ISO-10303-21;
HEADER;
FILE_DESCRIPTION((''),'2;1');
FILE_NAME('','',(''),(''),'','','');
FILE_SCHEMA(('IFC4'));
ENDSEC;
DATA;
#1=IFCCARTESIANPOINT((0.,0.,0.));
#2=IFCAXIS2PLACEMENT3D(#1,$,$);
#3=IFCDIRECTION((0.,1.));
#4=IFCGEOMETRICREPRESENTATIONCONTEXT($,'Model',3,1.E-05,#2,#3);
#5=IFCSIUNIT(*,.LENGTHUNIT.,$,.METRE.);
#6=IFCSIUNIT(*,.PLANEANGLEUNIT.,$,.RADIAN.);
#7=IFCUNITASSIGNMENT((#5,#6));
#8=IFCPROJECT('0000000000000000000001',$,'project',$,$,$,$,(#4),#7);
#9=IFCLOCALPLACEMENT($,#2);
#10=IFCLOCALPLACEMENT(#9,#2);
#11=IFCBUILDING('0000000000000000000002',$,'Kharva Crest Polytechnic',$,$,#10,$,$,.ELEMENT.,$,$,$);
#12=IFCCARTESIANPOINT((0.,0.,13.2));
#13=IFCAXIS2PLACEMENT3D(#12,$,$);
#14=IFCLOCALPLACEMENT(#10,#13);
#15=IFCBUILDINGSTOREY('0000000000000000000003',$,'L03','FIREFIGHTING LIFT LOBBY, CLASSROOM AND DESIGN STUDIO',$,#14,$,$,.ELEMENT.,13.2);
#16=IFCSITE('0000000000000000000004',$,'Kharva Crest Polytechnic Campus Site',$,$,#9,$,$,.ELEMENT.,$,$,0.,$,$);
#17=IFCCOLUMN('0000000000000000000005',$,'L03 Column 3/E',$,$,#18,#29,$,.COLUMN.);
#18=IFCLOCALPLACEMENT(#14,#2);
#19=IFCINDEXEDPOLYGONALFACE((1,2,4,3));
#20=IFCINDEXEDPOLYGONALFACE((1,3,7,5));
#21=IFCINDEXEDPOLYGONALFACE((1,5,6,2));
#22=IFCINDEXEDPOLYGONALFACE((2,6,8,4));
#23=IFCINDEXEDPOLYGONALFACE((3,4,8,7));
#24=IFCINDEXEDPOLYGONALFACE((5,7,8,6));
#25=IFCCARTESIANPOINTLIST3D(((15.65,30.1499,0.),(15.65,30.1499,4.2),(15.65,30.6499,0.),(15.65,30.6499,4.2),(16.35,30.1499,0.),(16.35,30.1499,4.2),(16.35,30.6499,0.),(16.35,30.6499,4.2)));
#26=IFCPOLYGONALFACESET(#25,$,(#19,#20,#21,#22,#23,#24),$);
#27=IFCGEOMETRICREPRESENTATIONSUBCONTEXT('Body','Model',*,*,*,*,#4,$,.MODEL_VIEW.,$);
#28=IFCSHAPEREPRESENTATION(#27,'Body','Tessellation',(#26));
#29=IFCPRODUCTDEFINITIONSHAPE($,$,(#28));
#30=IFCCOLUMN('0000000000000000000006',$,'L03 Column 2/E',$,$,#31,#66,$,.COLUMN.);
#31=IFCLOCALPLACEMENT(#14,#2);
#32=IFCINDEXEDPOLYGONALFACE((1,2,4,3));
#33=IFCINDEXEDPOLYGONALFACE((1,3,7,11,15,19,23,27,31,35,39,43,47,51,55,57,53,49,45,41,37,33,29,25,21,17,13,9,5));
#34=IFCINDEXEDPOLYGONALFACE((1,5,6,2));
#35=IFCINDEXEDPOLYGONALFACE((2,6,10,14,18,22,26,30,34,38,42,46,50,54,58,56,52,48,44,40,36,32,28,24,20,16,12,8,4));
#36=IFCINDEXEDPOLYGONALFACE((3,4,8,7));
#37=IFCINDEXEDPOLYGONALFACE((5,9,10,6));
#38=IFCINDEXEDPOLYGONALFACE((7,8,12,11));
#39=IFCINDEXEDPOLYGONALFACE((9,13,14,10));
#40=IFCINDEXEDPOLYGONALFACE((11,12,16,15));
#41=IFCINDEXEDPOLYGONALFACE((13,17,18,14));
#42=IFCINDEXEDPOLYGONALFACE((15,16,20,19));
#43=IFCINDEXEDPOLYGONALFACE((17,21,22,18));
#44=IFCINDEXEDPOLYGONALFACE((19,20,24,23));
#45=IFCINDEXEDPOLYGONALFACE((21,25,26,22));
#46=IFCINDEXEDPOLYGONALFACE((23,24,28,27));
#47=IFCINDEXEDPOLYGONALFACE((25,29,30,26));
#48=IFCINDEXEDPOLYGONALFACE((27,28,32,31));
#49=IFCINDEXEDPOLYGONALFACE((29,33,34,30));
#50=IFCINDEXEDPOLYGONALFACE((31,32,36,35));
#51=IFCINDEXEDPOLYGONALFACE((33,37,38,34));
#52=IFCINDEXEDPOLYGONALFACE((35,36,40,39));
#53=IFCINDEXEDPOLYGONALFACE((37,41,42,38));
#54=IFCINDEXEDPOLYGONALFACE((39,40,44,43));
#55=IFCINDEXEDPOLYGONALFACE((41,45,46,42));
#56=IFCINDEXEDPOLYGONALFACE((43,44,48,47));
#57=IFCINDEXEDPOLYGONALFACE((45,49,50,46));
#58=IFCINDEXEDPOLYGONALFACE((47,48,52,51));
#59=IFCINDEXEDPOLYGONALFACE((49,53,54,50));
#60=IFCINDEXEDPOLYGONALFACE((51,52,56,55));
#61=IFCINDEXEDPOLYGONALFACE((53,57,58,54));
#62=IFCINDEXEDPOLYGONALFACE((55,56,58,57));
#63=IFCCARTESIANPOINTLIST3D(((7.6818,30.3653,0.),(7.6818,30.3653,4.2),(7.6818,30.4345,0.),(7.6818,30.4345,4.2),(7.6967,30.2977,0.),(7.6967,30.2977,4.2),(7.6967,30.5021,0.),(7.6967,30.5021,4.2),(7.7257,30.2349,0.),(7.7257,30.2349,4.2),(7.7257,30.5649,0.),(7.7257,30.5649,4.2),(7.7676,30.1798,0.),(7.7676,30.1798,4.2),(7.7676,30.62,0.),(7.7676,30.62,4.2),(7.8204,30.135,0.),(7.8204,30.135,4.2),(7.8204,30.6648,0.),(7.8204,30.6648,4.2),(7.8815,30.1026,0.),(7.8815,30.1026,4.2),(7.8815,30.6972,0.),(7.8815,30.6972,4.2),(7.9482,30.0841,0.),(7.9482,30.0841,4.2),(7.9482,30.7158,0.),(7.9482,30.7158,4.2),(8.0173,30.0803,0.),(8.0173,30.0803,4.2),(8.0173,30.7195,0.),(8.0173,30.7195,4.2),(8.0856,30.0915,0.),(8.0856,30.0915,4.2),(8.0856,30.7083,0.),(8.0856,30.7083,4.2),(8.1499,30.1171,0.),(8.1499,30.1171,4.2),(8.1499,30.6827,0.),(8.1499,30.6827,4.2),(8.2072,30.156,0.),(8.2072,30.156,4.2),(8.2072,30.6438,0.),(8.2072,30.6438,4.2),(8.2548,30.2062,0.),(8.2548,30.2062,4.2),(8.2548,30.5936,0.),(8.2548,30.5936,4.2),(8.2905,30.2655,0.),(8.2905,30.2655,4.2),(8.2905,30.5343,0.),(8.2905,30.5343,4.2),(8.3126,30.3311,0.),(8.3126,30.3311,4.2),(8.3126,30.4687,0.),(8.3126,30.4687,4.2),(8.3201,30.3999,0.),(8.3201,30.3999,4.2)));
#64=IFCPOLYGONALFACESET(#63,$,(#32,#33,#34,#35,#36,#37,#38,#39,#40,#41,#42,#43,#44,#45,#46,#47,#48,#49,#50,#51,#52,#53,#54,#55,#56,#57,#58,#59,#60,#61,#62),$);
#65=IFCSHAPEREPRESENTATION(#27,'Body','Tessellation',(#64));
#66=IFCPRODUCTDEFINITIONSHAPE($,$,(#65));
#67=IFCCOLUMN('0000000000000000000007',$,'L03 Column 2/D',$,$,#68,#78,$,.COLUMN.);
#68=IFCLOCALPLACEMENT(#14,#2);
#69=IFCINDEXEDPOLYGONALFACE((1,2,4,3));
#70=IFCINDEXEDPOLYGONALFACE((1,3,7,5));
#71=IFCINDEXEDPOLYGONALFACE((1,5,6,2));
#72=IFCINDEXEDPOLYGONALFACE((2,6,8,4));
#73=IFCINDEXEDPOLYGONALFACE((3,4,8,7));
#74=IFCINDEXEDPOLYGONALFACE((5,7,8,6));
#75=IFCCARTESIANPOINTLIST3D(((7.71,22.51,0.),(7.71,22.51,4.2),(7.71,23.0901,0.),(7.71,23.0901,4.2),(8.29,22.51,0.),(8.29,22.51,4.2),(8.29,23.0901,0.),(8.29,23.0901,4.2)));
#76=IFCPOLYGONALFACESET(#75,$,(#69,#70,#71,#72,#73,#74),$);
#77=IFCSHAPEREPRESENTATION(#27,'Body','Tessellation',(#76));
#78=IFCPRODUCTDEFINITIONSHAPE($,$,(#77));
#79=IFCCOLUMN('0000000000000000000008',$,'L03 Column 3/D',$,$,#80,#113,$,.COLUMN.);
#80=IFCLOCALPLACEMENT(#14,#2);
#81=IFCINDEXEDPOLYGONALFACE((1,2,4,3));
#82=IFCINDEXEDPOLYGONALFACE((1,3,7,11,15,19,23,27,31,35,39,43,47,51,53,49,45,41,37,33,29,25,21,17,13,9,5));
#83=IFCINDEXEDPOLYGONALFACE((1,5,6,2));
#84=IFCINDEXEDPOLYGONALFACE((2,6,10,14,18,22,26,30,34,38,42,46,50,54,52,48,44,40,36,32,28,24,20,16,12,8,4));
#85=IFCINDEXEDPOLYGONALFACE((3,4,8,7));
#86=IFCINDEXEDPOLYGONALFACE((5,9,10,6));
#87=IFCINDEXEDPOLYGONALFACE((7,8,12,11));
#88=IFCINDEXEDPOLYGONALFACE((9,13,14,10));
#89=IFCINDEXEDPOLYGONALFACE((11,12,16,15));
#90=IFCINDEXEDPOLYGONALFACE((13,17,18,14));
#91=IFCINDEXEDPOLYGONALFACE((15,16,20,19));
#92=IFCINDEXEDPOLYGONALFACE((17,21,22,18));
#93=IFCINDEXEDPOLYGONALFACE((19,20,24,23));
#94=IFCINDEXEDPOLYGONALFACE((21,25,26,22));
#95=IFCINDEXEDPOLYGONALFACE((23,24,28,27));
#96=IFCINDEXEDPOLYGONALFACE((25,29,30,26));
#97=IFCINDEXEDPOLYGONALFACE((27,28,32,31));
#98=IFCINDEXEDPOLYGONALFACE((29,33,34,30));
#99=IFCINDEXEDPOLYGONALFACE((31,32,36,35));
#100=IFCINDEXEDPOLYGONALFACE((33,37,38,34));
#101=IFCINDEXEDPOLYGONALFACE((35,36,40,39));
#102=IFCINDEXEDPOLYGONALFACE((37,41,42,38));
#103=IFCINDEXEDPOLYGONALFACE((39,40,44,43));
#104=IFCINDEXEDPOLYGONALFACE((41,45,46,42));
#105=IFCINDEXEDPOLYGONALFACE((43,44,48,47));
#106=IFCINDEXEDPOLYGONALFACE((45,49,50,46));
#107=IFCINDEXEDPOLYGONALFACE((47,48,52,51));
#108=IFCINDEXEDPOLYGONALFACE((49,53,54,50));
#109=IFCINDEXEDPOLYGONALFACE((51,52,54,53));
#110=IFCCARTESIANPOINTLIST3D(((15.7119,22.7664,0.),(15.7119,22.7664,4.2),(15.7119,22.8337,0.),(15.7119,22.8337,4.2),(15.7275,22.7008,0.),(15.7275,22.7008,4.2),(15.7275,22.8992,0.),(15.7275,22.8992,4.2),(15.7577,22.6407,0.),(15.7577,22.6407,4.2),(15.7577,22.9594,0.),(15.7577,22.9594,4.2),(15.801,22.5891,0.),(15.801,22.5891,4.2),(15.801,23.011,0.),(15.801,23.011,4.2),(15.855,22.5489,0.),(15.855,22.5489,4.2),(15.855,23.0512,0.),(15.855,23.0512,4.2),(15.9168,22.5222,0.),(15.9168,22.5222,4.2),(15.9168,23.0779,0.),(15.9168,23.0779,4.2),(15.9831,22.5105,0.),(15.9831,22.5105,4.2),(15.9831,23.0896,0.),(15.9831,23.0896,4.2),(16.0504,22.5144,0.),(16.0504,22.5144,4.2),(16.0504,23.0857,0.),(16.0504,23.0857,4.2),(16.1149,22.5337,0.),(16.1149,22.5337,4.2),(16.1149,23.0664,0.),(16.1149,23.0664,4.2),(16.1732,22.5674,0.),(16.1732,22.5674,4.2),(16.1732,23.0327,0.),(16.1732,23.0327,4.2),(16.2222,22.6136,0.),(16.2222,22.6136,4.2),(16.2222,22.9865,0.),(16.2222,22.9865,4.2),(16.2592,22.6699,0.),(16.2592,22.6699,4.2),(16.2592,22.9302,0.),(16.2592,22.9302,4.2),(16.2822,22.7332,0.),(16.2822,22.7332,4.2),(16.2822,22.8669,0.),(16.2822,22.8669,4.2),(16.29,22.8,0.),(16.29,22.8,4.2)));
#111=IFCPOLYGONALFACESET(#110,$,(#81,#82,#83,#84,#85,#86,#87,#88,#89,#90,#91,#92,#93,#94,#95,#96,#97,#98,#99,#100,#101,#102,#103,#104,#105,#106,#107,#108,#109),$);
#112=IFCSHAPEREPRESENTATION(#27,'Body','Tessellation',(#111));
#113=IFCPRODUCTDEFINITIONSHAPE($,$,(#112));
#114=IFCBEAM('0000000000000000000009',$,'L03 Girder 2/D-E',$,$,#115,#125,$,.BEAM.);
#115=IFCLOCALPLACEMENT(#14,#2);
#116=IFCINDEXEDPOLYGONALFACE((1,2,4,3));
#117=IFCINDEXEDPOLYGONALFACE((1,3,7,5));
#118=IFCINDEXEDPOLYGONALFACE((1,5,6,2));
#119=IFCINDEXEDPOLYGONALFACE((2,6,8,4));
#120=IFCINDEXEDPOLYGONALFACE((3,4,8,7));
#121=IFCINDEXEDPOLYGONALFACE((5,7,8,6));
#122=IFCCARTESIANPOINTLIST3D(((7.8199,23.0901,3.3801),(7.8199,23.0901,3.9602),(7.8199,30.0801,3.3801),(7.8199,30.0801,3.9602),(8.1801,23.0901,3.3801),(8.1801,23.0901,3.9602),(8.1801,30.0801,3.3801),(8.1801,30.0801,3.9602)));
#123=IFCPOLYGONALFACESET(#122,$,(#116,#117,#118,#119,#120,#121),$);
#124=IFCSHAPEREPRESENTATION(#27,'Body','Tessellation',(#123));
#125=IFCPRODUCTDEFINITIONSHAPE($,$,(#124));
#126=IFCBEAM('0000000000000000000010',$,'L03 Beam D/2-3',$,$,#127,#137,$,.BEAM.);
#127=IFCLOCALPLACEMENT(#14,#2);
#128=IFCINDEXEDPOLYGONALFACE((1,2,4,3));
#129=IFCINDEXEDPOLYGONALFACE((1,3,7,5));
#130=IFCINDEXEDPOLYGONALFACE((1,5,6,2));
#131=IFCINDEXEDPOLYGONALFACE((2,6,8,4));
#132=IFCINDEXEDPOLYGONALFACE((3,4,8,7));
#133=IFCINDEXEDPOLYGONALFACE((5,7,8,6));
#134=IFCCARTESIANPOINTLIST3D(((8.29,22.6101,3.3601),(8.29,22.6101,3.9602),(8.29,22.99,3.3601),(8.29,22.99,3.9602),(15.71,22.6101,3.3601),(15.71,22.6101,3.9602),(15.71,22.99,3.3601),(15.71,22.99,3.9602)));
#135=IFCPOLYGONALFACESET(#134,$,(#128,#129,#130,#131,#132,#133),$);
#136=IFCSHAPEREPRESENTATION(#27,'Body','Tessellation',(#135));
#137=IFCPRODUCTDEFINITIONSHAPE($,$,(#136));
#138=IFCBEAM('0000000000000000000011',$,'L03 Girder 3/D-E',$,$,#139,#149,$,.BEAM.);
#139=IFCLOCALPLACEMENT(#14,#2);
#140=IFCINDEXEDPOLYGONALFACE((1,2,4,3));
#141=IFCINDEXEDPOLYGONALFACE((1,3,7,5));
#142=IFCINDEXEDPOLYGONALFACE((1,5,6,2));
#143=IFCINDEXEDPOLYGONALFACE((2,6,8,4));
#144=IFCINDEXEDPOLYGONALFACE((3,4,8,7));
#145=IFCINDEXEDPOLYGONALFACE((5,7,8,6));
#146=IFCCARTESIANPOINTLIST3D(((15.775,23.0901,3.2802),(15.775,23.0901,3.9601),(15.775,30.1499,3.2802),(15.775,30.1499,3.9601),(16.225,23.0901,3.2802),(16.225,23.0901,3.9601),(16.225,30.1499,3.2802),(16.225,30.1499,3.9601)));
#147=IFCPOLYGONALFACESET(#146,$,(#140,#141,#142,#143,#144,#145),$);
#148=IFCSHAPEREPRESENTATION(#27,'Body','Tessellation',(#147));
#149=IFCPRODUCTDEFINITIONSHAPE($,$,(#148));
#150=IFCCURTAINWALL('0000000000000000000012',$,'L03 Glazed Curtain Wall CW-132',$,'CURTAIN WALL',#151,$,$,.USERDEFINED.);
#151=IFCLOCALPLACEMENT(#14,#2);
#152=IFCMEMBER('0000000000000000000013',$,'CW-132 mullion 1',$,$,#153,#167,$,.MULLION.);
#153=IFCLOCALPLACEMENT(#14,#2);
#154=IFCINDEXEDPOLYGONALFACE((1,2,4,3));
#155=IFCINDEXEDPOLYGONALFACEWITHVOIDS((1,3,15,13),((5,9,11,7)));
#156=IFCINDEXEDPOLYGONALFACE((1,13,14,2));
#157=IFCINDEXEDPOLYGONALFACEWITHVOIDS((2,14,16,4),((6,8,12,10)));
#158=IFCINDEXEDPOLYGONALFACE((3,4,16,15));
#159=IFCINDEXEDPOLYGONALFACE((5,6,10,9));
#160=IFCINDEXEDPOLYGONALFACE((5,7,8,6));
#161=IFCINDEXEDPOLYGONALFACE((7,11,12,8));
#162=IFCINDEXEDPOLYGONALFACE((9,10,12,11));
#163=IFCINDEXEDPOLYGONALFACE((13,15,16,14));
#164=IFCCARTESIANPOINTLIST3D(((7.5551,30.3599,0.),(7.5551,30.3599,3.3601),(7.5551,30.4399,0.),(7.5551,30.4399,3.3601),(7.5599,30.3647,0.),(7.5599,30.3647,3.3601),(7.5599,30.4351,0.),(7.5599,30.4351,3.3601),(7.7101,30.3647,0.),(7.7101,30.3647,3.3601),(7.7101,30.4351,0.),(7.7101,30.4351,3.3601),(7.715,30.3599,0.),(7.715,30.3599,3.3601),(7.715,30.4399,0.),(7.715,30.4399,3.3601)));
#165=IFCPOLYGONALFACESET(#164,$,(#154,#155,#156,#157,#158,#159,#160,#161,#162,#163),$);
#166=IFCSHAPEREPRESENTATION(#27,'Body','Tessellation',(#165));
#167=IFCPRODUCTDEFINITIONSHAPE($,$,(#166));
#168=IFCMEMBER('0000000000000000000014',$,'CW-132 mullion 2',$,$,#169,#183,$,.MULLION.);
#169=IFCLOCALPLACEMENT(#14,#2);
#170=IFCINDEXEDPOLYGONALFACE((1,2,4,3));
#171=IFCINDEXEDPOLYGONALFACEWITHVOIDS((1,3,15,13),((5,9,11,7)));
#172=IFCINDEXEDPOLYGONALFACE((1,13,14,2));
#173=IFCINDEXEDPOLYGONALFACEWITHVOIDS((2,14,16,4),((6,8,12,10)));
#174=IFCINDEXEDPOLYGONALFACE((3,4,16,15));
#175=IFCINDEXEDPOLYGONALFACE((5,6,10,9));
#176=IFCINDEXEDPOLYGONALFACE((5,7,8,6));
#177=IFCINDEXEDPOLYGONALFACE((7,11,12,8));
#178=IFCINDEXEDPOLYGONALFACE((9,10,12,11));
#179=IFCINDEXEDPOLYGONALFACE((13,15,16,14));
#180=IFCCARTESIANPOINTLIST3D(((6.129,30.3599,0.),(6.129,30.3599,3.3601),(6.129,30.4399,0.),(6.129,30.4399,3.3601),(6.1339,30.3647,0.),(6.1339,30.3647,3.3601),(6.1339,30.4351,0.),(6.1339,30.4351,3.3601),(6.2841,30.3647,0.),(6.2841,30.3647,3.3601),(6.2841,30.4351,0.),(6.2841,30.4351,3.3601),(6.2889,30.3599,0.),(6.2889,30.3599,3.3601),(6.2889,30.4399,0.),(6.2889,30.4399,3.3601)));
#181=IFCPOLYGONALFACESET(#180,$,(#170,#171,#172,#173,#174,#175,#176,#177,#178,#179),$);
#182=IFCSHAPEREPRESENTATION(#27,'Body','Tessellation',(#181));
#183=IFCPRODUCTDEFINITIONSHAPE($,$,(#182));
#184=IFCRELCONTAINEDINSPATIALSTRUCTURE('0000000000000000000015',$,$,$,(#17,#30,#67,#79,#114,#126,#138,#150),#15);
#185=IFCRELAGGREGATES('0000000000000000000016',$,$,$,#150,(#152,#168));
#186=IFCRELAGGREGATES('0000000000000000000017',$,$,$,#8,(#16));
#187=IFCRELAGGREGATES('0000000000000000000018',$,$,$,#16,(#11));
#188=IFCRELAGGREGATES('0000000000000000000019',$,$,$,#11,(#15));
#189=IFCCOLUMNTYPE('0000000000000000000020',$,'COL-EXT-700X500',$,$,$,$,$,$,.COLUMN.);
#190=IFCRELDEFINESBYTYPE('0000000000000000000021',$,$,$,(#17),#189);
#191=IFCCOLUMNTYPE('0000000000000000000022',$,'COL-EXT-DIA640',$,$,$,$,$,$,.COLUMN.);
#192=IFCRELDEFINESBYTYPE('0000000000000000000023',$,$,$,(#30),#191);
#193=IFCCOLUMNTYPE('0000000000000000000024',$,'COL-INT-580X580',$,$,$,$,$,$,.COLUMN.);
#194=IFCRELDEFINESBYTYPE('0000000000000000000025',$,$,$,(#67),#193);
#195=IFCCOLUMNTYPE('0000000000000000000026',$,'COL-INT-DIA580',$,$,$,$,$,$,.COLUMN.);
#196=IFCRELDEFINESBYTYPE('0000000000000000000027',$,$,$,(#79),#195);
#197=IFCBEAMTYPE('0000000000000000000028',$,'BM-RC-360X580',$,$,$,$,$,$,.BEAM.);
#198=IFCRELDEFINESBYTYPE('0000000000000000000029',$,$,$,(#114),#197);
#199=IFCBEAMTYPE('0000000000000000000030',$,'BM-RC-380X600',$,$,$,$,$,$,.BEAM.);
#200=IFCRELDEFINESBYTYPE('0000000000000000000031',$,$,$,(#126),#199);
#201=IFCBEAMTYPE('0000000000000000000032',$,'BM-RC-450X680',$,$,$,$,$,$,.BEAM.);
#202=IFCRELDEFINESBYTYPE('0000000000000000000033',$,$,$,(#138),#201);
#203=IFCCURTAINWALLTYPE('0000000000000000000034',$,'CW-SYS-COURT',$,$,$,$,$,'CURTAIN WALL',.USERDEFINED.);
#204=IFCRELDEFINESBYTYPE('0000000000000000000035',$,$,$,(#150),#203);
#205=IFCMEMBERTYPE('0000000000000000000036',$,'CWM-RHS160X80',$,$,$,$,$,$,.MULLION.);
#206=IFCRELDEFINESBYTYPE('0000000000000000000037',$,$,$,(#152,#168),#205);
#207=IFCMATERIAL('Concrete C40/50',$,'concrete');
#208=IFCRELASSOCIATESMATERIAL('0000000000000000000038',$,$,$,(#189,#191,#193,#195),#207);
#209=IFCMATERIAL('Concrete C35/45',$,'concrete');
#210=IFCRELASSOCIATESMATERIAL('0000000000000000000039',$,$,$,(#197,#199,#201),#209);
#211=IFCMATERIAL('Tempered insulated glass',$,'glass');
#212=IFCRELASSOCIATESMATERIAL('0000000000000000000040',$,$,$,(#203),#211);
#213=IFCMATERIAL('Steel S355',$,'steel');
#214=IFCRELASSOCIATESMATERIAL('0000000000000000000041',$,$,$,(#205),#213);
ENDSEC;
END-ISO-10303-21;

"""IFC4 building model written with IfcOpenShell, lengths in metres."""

from ifc_helpers import new_model, si_unit, direction, frame, origin, origin_2d, place, context, subcontext, project, spatial, rectangle, hollow_rectangle, circle, extrude, material, material_profile, profile_set, type_object, element, aggregate, save


model = new_model("IFC4")

# Units and contexts
model_context = context("Model", 3, precision=1e-05, world=origin(), true_north=direction((0.0, 1.0)))
body_context = subcontext(model_context, "Body", "Model", "MODEL_VIEW")
ifc_project = project(units=[si_unit("LENGTHUNIT", "METRE"), si_unit("PLANEANGLEUNIT", "RADIAN")], contexts=[model_context])

# Site, building, storey
site_placement = place(None, origin())
site = spatial("IfcSite", under=ifc_project, at=site_placement, Name="Kharva Crest Polytechnic Campus Site", CompositionType="ELEMENT", RefElevation=0.0)
building_placement = place(site_placement, origin())
building = spatial("IfcBuilding", under=site, at=building_placement, Name="Kharva Crest Polytechnic", CompositionType="ELEMENT")
storey_placement = place(building_placement, frame((0.0, 0.0, 13.2)))
storey = spatial("IfcBuildingStorey", under=building, at=storey_placement, Name="L03", Description="FIREFIGHTING LIFT LOBBY, CLASSROOM AND DESIGN STUDIO", CompositionType="ELEMENT", Elevation=13.2)

# Columns
ifc_material_1 = material(Name="Concrete C40/50", Category="concrete")
ifc_material_profile_1 = material_profile(ifc_material_1, rectangle(XDim=0.7, YDim=0.5, at=origin_2d()), Name="RECT 700 X 500")
ifc_profile_set_1 = profile_set([ifc_material_profile_1], Name="Concrete C40/50")
column_type_1 = type_object("IfcColumnType", Name="COL-EXT-700X500", PredefinedType="COLUMN", material=ifc_profile_set_1)
column_1_placement = place(storey_placement, frame((16.0, 30.3999, 0.0), z_axis=(0.0, 0.0, 1.0), x_axis=(1.0, 0.0, 0.0)))
element("IfcColumn", 1, at=column_1_placement, inside=storey, type_object=column_type_1, Name="L03 Column 3/E", PredefinedType="COLUMN", context=body_context, shape_type="SweptSolid", body=[
    extrude(rectangle(XDim=0.7, YDim=0.5, at=origin_2d()), origin(), (0.0, 0.0, 1.0), 4.2),
])
ifc_material_profile_2 = material_profile(ifc_material_1, circle(Radius=0.3201, at=origin_2d()), Name="DIA 640")
ifc_profile_set_2 = profile_set([ifc_material_profile_2], Name="Concrete C40/50")
column_type_2 = type_object("IfcColumnType", Name="COL-EXT-DIA640", PredefinedType="COLUMN", material=ifc_profile_set_2)
column_2_placement = place(storey_placement, frame((8.0, 30.3999, 0.0), z_axis=(0.0, 0.0, 1.0), x_axis=(1.0, 0.0, 0.0)))
element("IfcColumn", 2, at=column_2_placement, inside=storey, type_object=column_type_2, Name="L03 Column 2/E", PredefinedType="COLUMN", context=body_context, shape_type="SweptSolid", body=[
    extrude(circle(Radius=0.3201, at=origin_2d()), origin(), (0.0, 0.0, 1.0), 4.2),
])
ifc_material_profile_3 = material_profile(ifc_material_1, rectangle(XDim=0.5801, YDim=0.5801, at=origin_2d()), Name="RECT 580 X 580")
ifc_profile_set_3 = profile_set([ifc_material_profile_3], Name="Concrete C40/50")
column_type_3 = type_object("IfcColumnType", Name="COL-INT-580X580", PredefinedType="COLUMN", material=ifc_profile_set_3)
column_3_placement = place(storey_placement, frame((8.0, 22.8, 0.0), z_axis=(0.0, 0.0, 1.0), x_axis=(1.0, 0.0, 0.0)))
element("IfcColumn", 3, at=column_3_placement, inside=storey, type_object=column_type_3, Name="L03 Column 2/D", PredefinedType="COLUMN", context=body_context, shape_type="SweptSolid", body=[
    extrude(rectangle(XDim=0.5801, YDim=0.5801, at=origin_2d()), origin(), (0.0, 0.0, 1.0), 4.2),
])
ifc_material_profile_4 = material_profile(ifc_material_1, circle(Radius=0.29, at=origin_2d()), Name="DIA 580")
ifc_profile_set_4 = profile_set([ifc_material_profile_4], Name="Concrete C40/50")
column_type_4 = type_object("IfcColumnType", Name="COL-INT-DIA580", PredefinedType="COLUMN", material=ifc_profile_set_4)
column_4_placement = place(storey_placement, frame((16.0, 22.8, 0.0), z_axis=(0.0, 0.0, 1.0), x_axis=(1.0, 0.0, 0.0)))
element("IfcColumn", 4, at=column_4_placement, inside=storey, type_object=column_type_4, Name="L03 Column 3/D", PredefinedType="COLUMN", context=body_context, shape_type="SweptSolid", body=[
    extrude(circle(Radius=0.29, at=origin_2d()), origin(), (0.0, 0.0, 1.0), 4.2),
])

# Beams
ifc_material_2 = material(Name="Concrete C35/45", Category="concrete")
ifc_material_profile_5 = material_profile(ifc_material_2, rectangle(XDim=0.3601, YDim=0.5801, at=origin_2d()), Name="RECT 360 X 580")
ifc_profile_set_5 = profile_set([ifc_material_profile_5], Name="Concrete C35/45")
beam_type_1 = type_object("IfcBeamType", Name="BM-RC-360X580", PredefinedType="BEAM", material=ifc_profile_set_5)
beam_1_placement = place(storey_placement, frame((8.0, 23.0901, 3.6702), z_axis=(0.0, 1.0, 0.0), x_axis=(-1.0, 0.0, 0.0)))
element("IfcBeam", 5, at=beam_1_placement, inside=storey, type_object=beam_type_1, Name="L03 Girder 2/D-E", PredefinedType="BEAM", context=body_context, shape_type="SweptSolid", body=[
    extrude(rectangle(XDim=0.3601, YDim=0.5801, at=origin_2d()), origin(), (0.0, 0.0, 1.0), 6.99),
])
ifc_material_profile_6 = material_profile(ifc_material_2, rectangle(XDim=0.3799, YDim=0.6001, at=origin_2d()), Name="RECT 380 X 600")
ifc_profile_set_6 = profile_set([ifc_material_profile_6], Name="Concrete C35/45")
beam_type_2 = type_object("IfcBeamType", Name="BM-RC-380X600", PredefinedType="BEAM", material=ifc_profile_set_6)
beam_2_placement = place(storey_placement, frame((8.29, 22.8, 3.6602), z_axis=(1.0, 0.0, 0.0), x_axis=(0.0, 1.0, 0.0)))
element("IfcBeam", 6, at=beam_2_placement, inside=storey, type_object=beam_type_2, Name="L03 Beam D/2-3", PredefinedType="BEAM", context=body_context, shape_type="SweptSolid", body=[
    extrude(rectangle(XDim=0.3799, YDim=0.6001, at=origin_2d()), origin(), (0.0, 0.0, 1.0), 7.4199),
])
ifc_material_profile_7 = material_profile(ifc_material_2, rectangle(XDim=0.45, YDim=0.6799, at=origin_2d()), Name="RECT 450 X 680")
ifc_profile_set_7 = profile_set([ifc_material_profile_7], Name="Concrete C35/45")
beam_type_3 = type_object("IfcBeamType", Name="BM-RC-450X680", PredefinedType="BEAM", material=ifc_profile_set_7)
beam_3_placement = place(storey_placement, frame((16.0, 23.0901, 3.6201), z_axis=(0.0, 1.0, 0.0), x_axis=(-1.0, 0.0, 0.0)))
element("IfcBeam", 7, at=beam_3_placement, inside=storey, type_object=beam_type_3, Name="L03 Girder 3/D-E", PredefinedType="BEAM", context=body_context, shape_type="SweptSolid", body=[
    extrude(rectangle(XDim=0.45, YDim=0.6799, at=origin_2d()), origin(), (0.0, 0.0, 1.0), 7.0598),
])

# Curtain wall, members
ifc_material_3 = material(Name="Tempered insulated glass", Category="glass")
curtain_wall_type = type_object("IfcCurtainWallType", Name="CW-SYS-COURT", ElementType="CURTAIN WALL", PredefinedType="USERDEFINED", material=ifc_material_3)
curtain_wall_placement = place(storey_placement, origin())
curtain_wall = element("IfcCurtainWall", 8, at=curtain_wall_placement, inside=storey, type_object=curtain_wall_type, Name="L03 Glazed Curtain Wall CW-132", ObjectType="CURTAIN WALL", PredefinedType="USERDEFINED")
ifc_material_4 = material(Name="Steel S355", Category="steel")
ifc_material_profile_8 = material_profile(ifc_material_4, hollow_rectangle(XDim=0.0801, YDim=0.1599, WallThickness=0.0049, at=origin_2d()), Name="RHS 160X80X5.0")
ifc_profile_set_8 = profile_set([ifc_material_profile_8], Name="Steel S355")
member_type_1 = type_object("IfcMemberType", Name="CWM-RHS160X80", PredefinedType="MULLION", material=ifc_profile_set_8)
member_1_placement = place(storey_placement, frame((7.635, 30.3999, 0.0), z_axis=(0.0, 0.0, 1.0), x_axis=(0.0, -1.0, 0.0)))
member_1 = element("IfcMember", 9, at=member_1_placement, type_object=member_type_1, Name="CW-132 mullion 1", PredefinedType="MULLION", context=body_context, shape_type="SweptSolid", body=[
    extrude(hollow_rectangle(XDim=0.0801, YDim=0.1599, WallThickness=0.0049, at=origin_2d()), origin(), (0.0, 0.0, 1.0), 3.3601),
])
member_2_placement = place(storey_placement, frame((6.209, 30.3999, 0.0), z_axis=(0.0, 0.0, 1.0), x_axis=(0.0, -1.0, 0.0)))
member_2 = element("IfcMember", 10, at=member_2_placement, type_object=member_type_1, Name="CW-132 mullion 2", PredefinedType="MULLION", context=body_context, shape_type="SweptSolid", body=[
    extrude(hollow_rectangle(XDim=0.0801, YDim=0.1599, WallThickness=0.0049, at=origin_2d()), origin(), (0.0, 0.0, 1.0), 3.3601),
])

aggregate(curtain_wall, [member_1, member_2])

save(model, "model.ifc")
